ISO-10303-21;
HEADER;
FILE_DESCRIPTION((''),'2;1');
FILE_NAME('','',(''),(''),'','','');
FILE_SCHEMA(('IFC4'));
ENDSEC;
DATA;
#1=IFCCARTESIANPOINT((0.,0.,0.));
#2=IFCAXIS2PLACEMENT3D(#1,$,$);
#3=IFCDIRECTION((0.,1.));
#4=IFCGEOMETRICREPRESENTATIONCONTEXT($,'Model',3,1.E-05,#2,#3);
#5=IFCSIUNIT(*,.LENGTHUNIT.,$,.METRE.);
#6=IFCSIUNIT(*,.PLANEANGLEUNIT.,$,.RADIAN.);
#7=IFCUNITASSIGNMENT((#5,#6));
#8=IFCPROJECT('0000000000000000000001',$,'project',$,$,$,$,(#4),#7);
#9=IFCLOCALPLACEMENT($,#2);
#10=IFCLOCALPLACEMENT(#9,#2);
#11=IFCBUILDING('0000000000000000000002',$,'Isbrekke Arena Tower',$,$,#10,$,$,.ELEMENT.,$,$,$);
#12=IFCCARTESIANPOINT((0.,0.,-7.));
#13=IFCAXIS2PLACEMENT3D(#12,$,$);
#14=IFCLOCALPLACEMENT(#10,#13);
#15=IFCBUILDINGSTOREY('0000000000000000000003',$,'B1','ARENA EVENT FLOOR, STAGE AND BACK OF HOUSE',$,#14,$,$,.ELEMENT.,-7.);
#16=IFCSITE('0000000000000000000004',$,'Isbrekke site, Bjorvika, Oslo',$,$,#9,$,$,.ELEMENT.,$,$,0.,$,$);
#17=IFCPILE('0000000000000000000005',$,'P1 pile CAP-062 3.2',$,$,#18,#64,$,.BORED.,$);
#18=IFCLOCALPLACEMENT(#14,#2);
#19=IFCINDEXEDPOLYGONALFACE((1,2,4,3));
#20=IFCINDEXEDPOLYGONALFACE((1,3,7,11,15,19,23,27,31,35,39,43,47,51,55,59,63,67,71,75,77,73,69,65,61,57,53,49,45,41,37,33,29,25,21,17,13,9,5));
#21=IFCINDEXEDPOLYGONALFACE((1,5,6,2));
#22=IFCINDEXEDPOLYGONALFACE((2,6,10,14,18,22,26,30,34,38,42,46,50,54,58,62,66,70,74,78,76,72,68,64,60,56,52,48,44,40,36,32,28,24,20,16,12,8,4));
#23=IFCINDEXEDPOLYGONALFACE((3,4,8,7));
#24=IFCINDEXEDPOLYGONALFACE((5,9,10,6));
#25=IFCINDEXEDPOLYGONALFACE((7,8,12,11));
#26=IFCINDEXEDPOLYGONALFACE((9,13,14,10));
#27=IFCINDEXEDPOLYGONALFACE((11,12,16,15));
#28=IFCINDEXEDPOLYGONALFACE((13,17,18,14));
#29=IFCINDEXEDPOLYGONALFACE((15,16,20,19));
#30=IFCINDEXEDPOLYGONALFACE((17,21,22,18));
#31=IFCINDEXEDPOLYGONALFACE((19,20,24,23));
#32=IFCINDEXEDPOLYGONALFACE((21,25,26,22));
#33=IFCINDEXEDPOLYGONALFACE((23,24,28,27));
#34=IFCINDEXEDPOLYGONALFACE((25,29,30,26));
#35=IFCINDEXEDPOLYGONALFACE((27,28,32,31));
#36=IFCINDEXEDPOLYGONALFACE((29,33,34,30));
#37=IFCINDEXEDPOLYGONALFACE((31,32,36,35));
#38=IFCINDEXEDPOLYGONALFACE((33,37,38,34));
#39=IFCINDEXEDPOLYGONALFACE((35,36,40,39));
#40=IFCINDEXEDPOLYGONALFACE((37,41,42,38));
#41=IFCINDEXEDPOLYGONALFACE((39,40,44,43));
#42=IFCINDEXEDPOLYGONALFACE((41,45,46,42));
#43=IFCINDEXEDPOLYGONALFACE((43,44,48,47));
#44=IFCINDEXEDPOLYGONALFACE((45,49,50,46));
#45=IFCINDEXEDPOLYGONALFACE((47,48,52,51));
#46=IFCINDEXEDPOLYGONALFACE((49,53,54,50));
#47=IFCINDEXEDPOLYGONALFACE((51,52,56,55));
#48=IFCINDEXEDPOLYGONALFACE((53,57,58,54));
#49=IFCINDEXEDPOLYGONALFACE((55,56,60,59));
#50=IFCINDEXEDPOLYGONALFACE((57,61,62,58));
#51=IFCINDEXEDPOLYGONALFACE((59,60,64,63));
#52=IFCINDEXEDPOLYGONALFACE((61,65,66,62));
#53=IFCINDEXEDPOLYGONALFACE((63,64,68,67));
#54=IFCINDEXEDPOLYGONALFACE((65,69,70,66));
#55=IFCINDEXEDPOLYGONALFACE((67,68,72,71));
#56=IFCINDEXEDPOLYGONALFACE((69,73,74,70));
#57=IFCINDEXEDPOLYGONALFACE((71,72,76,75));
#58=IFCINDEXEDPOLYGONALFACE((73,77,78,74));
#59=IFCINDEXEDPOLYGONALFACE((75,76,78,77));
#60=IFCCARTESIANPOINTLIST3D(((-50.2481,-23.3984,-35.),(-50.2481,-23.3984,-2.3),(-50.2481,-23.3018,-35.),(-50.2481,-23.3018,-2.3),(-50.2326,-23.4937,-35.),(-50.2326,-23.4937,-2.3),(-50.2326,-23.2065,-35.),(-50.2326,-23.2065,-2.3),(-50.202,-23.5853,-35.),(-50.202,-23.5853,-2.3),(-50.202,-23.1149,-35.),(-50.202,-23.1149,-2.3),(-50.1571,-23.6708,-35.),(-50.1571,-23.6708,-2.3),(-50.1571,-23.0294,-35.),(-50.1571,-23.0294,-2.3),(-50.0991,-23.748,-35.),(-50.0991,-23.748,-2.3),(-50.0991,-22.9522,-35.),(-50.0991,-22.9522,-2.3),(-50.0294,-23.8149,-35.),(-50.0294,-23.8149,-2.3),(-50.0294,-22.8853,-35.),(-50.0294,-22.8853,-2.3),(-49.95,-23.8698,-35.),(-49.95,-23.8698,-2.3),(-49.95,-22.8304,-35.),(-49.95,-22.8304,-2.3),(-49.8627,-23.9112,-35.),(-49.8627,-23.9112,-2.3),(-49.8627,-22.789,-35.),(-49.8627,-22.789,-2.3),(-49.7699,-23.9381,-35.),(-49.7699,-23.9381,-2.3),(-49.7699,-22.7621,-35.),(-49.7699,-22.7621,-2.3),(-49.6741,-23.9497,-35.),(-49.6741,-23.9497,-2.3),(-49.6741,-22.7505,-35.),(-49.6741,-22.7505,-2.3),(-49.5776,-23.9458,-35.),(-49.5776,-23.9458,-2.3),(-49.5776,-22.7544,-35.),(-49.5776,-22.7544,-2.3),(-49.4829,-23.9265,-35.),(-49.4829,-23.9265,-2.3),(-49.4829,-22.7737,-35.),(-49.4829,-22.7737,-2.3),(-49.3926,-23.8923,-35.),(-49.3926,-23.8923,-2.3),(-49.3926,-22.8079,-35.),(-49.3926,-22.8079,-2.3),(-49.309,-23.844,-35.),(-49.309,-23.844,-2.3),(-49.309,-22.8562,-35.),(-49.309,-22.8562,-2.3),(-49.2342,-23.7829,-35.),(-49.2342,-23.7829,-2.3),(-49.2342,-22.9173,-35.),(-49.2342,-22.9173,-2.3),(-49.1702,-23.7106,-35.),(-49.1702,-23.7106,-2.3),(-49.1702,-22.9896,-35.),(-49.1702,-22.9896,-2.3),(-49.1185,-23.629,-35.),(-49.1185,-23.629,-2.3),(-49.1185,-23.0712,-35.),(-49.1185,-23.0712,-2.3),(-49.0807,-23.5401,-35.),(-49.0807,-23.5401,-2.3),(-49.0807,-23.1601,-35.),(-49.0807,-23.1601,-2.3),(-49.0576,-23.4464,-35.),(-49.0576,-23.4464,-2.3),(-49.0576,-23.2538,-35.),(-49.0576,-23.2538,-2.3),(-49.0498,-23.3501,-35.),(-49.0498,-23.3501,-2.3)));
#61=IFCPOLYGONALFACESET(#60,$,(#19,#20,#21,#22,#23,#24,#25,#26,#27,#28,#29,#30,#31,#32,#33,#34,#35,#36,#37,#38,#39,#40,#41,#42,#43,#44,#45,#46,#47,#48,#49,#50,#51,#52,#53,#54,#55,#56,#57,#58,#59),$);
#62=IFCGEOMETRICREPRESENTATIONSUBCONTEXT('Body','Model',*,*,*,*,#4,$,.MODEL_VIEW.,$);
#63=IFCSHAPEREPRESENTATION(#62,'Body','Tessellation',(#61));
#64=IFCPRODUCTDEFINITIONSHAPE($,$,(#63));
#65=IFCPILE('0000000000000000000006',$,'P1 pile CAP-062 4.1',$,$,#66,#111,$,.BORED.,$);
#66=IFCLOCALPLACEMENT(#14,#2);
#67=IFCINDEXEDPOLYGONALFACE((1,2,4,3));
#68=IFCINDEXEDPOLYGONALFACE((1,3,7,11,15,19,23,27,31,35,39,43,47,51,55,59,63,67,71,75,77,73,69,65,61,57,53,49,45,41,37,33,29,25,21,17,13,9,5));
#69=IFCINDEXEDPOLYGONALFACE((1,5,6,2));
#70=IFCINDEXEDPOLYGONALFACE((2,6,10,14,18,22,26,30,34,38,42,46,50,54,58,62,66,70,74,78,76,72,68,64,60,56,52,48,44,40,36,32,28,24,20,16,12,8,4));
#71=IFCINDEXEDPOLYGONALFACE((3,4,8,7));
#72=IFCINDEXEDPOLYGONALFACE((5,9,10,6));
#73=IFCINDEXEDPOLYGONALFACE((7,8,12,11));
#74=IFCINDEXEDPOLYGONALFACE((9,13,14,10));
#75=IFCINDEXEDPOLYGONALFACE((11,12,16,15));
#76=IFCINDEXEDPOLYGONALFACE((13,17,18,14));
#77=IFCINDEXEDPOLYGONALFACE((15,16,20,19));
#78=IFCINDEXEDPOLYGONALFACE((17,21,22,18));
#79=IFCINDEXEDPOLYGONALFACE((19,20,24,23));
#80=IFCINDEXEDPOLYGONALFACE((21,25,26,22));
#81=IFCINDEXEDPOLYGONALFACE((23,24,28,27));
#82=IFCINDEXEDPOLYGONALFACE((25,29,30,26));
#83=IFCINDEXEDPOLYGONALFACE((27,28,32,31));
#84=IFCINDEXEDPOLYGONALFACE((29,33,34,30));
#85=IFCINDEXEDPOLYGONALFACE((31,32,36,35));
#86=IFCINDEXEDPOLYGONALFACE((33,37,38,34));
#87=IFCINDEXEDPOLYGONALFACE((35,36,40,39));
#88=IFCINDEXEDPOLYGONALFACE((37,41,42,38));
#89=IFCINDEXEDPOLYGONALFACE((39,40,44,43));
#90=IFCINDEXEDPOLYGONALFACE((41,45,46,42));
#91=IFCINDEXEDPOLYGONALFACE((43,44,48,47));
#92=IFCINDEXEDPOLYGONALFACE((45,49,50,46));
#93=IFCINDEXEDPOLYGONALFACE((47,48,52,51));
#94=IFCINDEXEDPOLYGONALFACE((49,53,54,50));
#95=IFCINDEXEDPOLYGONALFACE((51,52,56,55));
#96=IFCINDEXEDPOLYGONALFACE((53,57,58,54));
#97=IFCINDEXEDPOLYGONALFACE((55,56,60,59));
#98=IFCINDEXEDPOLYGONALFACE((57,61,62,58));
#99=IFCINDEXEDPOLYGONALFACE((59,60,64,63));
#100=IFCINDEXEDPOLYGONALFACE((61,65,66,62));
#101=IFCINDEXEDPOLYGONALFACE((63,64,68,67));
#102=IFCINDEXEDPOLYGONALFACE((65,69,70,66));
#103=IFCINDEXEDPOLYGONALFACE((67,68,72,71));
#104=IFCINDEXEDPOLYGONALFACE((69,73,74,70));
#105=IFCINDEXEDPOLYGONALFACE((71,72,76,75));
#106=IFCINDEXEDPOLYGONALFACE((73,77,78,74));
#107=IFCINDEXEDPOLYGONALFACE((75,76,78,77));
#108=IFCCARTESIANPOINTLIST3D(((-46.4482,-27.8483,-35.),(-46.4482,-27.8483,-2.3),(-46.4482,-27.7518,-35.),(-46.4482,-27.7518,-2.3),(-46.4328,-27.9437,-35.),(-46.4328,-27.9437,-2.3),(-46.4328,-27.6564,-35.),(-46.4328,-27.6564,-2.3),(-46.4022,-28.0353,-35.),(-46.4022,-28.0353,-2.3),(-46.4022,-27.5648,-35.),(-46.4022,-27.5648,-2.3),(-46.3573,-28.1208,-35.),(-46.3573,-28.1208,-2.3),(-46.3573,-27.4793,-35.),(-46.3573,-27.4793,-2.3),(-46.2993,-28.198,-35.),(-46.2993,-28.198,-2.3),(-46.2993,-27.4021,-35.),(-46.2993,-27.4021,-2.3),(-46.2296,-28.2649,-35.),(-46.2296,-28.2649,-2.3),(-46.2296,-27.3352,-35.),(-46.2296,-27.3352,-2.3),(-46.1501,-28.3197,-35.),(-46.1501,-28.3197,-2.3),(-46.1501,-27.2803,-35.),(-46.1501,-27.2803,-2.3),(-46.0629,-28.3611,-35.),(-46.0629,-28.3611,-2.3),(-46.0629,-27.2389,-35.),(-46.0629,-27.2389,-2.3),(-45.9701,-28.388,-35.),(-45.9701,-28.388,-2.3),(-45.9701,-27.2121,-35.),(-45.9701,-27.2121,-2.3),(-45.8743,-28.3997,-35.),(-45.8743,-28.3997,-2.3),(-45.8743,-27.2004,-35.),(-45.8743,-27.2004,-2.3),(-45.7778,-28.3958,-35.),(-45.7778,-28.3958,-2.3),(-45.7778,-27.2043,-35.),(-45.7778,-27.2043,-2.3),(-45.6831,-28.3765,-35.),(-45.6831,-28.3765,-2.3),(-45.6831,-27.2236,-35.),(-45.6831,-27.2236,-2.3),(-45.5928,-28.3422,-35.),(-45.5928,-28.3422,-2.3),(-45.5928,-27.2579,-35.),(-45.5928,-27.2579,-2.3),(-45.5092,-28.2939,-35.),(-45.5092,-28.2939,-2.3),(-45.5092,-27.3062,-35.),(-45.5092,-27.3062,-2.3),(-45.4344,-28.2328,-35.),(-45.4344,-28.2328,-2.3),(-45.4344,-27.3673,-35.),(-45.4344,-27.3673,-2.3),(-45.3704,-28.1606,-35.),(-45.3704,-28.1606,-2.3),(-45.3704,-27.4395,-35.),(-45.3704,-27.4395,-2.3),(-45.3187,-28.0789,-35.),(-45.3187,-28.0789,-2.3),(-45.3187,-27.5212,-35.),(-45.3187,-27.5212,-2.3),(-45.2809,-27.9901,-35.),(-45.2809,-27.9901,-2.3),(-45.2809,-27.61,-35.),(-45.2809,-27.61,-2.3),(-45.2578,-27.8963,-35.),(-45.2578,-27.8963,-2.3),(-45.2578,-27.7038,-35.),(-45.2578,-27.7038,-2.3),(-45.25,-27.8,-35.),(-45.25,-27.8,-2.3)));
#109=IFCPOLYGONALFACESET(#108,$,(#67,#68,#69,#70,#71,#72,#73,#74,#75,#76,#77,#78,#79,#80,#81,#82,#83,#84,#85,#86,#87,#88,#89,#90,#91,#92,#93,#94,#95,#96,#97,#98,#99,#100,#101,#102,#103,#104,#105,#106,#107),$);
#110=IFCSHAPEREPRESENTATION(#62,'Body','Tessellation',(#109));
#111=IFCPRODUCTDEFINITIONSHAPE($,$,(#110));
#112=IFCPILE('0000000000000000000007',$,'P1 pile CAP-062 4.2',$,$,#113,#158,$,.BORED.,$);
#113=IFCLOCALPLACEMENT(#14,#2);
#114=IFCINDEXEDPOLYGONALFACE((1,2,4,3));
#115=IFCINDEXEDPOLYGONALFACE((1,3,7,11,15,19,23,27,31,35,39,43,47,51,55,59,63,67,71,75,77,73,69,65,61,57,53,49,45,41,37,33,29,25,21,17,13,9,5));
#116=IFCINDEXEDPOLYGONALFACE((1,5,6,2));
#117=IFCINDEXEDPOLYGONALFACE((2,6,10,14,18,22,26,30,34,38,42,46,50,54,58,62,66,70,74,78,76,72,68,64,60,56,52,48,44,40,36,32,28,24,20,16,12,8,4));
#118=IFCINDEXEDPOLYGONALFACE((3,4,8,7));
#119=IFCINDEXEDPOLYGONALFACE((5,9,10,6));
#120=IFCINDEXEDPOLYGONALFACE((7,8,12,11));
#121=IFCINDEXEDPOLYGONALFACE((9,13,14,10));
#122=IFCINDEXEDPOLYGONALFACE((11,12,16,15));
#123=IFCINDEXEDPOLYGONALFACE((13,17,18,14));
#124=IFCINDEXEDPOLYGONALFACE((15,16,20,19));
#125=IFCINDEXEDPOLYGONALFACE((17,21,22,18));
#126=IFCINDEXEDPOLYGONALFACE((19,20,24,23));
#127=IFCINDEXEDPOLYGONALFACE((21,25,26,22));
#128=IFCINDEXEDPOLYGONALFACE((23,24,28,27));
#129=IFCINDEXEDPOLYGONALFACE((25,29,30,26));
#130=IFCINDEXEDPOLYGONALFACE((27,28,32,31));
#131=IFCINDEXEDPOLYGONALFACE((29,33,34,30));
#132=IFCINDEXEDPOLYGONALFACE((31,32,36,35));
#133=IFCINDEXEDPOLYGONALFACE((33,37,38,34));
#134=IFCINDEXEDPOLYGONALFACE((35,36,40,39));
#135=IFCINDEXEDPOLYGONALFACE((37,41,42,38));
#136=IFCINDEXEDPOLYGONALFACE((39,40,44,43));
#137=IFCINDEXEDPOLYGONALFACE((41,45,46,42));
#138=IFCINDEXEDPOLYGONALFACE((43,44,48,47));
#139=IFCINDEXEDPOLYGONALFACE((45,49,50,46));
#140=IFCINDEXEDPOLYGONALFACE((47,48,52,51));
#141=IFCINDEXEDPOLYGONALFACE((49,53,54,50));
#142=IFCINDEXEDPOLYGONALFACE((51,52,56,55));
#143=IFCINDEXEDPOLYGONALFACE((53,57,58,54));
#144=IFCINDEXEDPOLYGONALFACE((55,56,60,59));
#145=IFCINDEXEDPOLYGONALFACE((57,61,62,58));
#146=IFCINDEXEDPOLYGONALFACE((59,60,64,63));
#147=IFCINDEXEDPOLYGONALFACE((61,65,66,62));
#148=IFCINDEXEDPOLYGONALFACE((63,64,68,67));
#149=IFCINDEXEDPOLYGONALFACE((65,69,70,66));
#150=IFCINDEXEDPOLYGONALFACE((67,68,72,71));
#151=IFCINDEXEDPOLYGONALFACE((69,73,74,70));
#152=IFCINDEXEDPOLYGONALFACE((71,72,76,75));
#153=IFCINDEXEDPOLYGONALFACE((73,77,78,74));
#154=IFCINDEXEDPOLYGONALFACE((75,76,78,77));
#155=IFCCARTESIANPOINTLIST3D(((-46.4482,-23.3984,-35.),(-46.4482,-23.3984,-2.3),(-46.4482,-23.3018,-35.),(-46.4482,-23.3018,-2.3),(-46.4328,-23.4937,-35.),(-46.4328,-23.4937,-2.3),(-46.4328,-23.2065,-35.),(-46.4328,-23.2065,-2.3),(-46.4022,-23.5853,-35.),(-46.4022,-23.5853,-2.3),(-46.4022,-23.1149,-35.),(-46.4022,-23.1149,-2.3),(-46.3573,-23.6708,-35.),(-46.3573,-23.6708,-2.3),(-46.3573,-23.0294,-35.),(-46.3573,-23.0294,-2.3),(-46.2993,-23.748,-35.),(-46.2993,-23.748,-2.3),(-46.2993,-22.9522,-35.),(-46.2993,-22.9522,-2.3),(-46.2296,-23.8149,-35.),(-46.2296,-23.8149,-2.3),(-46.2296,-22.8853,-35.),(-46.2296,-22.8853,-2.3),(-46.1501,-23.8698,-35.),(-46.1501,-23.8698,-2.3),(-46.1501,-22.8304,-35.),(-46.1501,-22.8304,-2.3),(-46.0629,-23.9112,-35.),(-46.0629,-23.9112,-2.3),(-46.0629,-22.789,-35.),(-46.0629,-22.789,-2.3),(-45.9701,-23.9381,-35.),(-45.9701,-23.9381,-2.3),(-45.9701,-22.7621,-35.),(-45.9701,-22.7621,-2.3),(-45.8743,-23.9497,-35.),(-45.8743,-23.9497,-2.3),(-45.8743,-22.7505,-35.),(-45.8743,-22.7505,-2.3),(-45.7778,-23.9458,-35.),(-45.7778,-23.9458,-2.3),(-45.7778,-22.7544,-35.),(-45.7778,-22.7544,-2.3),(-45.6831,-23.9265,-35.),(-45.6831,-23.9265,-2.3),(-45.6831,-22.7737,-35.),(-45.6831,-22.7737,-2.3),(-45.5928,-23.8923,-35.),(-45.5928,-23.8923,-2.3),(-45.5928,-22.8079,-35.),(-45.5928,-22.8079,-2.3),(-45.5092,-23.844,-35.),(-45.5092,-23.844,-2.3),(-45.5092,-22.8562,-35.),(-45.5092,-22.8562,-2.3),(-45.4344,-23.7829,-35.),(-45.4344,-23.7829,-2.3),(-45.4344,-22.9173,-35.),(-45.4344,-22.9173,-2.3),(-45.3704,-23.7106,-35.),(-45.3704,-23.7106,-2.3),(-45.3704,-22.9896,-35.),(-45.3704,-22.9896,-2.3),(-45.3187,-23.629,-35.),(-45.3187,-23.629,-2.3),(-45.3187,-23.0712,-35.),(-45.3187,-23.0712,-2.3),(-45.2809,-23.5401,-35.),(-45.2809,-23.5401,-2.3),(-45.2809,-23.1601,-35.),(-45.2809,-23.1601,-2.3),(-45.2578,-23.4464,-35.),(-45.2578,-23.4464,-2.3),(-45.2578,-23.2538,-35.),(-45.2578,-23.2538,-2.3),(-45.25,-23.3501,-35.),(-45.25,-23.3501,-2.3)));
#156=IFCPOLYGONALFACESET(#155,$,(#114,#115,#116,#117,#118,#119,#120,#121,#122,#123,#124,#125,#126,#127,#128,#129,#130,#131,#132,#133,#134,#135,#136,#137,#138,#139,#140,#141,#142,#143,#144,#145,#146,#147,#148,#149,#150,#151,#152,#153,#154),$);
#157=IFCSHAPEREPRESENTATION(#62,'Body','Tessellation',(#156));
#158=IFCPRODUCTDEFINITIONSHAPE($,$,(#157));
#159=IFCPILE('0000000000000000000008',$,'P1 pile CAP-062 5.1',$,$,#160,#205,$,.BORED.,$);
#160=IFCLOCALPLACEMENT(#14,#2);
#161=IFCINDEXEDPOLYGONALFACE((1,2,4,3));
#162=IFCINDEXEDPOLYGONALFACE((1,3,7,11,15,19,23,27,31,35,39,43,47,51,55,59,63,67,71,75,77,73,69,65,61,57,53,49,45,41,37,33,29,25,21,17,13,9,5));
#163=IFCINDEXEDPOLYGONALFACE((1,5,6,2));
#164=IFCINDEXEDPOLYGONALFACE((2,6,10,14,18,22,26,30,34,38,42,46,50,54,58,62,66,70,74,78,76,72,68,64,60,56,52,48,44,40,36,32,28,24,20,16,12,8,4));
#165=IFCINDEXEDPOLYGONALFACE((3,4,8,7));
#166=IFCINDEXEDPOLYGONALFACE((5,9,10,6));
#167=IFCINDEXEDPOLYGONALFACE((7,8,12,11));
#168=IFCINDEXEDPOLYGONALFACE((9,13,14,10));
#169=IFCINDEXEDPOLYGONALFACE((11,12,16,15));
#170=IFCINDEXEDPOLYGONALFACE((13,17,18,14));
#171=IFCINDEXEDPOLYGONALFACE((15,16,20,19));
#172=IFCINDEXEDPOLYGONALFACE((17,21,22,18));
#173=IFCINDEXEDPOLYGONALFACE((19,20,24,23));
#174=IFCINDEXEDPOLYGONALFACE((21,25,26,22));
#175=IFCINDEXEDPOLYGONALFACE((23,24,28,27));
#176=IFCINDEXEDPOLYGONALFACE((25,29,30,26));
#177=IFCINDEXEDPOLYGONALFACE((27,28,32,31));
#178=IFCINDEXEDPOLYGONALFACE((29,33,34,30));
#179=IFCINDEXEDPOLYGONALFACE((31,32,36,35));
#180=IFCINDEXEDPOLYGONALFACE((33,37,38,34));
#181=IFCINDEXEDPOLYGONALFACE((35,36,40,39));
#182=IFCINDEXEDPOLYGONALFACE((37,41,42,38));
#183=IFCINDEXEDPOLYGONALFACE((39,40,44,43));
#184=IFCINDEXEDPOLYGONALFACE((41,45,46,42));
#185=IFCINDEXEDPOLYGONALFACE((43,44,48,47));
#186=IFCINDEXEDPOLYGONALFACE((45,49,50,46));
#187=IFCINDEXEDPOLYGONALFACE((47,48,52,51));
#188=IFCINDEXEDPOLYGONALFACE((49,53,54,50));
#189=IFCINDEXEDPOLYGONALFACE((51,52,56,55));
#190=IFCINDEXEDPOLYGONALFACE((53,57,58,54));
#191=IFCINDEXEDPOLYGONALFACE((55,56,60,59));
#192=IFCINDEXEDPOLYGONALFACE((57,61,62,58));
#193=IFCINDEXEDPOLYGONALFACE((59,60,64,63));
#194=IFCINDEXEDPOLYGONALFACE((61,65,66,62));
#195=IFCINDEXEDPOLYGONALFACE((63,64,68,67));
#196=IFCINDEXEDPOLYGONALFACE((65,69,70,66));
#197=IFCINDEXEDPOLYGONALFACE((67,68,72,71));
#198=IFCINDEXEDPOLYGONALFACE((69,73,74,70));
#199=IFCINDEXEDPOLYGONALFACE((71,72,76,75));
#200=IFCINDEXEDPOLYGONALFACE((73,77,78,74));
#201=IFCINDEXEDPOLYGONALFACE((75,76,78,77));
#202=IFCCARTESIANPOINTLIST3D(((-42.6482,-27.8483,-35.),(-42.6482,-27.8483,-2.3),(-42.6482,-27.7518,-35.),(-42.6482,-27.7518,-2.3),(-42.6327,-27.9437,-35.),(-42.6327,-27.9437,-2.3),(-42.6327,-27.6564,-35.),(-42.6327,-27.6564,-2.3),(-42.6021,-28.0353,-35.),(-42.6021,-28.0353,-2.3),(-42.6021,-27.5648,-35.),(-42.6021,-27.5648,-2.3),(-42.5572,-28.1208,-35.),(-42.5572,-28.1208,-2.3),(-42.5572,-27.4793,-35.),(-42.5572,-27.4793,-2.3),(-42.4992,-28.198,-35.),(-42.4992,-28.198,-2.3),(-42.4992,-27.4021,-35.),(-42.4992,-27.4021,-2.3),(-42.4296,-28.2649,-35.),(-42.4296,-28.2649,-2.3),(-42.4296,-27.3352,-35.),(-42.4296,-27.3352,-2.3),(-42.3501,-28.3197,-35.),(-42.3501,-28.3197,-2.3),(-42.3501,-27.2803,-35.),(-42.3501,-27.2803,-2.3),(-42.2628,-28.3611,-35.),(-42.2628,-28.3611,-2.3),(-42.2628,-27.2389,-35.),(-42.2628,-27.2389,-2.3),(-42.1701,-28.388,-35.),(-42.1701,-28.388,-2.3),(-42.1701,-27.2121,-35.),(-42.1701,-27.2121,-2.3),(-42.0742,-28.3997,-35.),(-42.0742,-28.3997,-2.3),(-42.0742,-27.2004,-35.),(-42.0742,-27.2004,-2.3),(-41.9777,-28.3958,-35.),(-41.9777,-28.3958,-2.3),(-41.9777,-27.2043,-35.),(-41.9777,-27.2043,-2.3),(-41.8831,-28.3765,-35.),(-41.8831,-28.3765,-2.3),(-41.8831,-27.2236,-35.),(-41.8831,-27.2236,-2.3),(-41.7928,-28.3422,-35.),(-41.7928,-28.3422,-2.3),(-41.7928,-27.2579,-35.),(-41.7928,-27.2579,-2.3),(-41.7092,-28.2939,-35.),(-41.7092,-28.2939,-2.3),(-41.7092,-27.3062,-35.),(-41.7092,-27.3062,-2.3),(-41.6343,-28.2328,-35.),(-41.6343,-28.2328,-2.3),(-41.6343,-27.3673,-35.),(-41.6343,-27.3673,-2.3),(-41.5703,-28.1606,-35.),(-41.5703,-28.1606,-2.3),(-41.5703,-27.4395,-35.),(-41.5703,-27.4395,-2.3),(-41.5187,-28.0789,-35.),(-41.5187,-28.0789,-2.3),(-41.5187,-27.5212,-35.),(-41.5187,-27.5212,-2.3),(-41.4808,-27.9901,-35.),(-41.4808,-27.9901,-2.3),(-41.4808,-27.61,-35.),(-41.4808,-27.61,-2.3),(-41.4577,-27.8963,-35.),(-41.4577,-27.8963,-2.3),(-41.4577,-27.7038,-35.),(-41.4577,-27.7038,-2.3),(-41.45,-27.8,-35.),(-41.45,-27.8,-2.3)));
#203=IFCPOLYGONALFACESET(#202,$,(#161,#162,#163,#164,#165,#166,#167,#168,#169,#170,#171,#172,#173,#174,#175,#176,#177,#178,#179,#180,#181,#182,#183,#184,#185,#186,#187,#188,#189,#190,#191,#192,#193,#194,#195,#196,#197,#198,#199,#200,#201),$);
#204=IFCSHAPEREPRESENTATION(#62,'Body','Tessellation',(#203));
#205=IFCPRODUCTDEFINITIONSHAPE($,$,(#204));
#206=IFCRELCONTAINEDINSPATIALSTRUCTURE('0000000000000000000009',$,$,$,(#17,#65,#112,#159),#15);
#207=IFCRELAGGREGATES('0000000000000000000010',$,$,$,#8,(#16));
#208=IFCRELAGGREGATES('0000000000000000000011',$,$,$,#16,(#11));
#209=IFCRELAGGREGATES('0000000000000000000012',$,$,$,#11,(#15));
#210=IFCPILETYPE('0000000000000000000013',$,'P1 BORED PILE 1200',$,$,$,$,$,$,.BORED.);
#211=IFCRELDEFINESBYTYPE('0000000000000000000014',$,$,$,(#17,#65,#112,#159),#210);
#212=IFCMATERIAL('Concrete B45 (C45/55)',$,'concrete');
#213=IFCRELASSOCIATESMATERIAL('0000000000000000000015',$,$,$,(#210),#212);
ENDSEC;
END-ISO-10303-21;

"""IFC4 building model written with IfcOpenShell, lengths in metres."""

from ifc_helpers import new_model, si_unit, direction, frame, origin, origin_2d, place, context, subcontext, project, spatial, circle, extrude, material, material_profile, profile_set, type_object, element, save


model = new_model("IFC4")

# Units and contexts
model_context = context("Model", 3, precision=1e-05, world=origin(), true_north=direction((0.0, 1.0)))
body_context = subcontext(model_context, "Body", "Model", "MODEL_VIEW")
ifc_project = project(units=[si_unit("LENGTHUNIT", "METRE"), si_unit("PLANEANGLEUNIT", "RADIAN")], contexts=[model_context])

# Site, building, storey
site_placement = place(None, origin())
site = spatial("IfcSite", under=ifc_project, at=site_placement, Name="Isbrekke site, Bjorvika, Oslo", CompositionType="ELEMENT", RefElevation=0.0)
building_placement = place(site_placement, origin())
building = spatial("IfcBuilding", under=site, at=building_placement, Name="Isbrekke Arena Tower", CompositionType="ELEMENT")
storey_placement = place(building_placement, frame((0.0, 0.0, -7.0)))
storey = spatial("IfcBuildingStorey", under=building, at=storey_placement, Name="B1", Description="ARENA EVENT FLOOR, STAGE AND BACK OF HOUSE", CompositionType="ELEMENT", Elevation=-7.0)

# Piles
ifc_material_1 = material(Name="Concrete B45 (C45/55)", Category="concrete")
ifc_material_profile_1 = material_profile(ifc_material_1, circle(Radius=0.6001, at=origin_2d()), Name="BORED PILE D1200")
ifc_profile_set_1 = profile_set([ifc_material_profile_1], Name="Concrete B45 (C45/55)")
pile_type = type_object("IfcPileType", Name="P1 BORED PILE 1200", PredefinedType="BORED", material=ifc_profile_set_1)
for number, where, z_axis, x_axis, name in (
    (1, (-49.6499, -23.3501, -2.3), (0.0, 0.0, -1.0), (1.0, 0.0, 0.0), "P1 pile CAP-062 3.2"),
    (2, (-45.8501, -27.8, -2.3), (0.0, 0.0, -1.0), (1.0, 0.0, 0.0), "P1 pile CAP-062 4.1"),
    (3, (-45.8501, -23.3501, -2.3), (0.0, 0.0, -1.0), (1.0, 0.0, 0.0), "P1 pile CAP-062 4.2"),
    (4, (-42.05, -27.8, -2.3), (0.0, 0.0, -1.0), (1.0, 0.0, 0.0), "P1 pile CAP-062 5.1"),
):
    element("IfcPile", number, at=place(storey_placement, frame(where, z_axis=z_axis, x_axis=x_axis)), inside=storey, type_object=pile_type, Name=name, PredefinedType="BORED", context=body_context, shape_type="SweptSolid", body=[
        extrude(circle(Radius=0.6001, at=origin_2d()), origin(), (0.0, 0.0, 1.0), 32.7),
    ])

save(model, "model.ifc")
